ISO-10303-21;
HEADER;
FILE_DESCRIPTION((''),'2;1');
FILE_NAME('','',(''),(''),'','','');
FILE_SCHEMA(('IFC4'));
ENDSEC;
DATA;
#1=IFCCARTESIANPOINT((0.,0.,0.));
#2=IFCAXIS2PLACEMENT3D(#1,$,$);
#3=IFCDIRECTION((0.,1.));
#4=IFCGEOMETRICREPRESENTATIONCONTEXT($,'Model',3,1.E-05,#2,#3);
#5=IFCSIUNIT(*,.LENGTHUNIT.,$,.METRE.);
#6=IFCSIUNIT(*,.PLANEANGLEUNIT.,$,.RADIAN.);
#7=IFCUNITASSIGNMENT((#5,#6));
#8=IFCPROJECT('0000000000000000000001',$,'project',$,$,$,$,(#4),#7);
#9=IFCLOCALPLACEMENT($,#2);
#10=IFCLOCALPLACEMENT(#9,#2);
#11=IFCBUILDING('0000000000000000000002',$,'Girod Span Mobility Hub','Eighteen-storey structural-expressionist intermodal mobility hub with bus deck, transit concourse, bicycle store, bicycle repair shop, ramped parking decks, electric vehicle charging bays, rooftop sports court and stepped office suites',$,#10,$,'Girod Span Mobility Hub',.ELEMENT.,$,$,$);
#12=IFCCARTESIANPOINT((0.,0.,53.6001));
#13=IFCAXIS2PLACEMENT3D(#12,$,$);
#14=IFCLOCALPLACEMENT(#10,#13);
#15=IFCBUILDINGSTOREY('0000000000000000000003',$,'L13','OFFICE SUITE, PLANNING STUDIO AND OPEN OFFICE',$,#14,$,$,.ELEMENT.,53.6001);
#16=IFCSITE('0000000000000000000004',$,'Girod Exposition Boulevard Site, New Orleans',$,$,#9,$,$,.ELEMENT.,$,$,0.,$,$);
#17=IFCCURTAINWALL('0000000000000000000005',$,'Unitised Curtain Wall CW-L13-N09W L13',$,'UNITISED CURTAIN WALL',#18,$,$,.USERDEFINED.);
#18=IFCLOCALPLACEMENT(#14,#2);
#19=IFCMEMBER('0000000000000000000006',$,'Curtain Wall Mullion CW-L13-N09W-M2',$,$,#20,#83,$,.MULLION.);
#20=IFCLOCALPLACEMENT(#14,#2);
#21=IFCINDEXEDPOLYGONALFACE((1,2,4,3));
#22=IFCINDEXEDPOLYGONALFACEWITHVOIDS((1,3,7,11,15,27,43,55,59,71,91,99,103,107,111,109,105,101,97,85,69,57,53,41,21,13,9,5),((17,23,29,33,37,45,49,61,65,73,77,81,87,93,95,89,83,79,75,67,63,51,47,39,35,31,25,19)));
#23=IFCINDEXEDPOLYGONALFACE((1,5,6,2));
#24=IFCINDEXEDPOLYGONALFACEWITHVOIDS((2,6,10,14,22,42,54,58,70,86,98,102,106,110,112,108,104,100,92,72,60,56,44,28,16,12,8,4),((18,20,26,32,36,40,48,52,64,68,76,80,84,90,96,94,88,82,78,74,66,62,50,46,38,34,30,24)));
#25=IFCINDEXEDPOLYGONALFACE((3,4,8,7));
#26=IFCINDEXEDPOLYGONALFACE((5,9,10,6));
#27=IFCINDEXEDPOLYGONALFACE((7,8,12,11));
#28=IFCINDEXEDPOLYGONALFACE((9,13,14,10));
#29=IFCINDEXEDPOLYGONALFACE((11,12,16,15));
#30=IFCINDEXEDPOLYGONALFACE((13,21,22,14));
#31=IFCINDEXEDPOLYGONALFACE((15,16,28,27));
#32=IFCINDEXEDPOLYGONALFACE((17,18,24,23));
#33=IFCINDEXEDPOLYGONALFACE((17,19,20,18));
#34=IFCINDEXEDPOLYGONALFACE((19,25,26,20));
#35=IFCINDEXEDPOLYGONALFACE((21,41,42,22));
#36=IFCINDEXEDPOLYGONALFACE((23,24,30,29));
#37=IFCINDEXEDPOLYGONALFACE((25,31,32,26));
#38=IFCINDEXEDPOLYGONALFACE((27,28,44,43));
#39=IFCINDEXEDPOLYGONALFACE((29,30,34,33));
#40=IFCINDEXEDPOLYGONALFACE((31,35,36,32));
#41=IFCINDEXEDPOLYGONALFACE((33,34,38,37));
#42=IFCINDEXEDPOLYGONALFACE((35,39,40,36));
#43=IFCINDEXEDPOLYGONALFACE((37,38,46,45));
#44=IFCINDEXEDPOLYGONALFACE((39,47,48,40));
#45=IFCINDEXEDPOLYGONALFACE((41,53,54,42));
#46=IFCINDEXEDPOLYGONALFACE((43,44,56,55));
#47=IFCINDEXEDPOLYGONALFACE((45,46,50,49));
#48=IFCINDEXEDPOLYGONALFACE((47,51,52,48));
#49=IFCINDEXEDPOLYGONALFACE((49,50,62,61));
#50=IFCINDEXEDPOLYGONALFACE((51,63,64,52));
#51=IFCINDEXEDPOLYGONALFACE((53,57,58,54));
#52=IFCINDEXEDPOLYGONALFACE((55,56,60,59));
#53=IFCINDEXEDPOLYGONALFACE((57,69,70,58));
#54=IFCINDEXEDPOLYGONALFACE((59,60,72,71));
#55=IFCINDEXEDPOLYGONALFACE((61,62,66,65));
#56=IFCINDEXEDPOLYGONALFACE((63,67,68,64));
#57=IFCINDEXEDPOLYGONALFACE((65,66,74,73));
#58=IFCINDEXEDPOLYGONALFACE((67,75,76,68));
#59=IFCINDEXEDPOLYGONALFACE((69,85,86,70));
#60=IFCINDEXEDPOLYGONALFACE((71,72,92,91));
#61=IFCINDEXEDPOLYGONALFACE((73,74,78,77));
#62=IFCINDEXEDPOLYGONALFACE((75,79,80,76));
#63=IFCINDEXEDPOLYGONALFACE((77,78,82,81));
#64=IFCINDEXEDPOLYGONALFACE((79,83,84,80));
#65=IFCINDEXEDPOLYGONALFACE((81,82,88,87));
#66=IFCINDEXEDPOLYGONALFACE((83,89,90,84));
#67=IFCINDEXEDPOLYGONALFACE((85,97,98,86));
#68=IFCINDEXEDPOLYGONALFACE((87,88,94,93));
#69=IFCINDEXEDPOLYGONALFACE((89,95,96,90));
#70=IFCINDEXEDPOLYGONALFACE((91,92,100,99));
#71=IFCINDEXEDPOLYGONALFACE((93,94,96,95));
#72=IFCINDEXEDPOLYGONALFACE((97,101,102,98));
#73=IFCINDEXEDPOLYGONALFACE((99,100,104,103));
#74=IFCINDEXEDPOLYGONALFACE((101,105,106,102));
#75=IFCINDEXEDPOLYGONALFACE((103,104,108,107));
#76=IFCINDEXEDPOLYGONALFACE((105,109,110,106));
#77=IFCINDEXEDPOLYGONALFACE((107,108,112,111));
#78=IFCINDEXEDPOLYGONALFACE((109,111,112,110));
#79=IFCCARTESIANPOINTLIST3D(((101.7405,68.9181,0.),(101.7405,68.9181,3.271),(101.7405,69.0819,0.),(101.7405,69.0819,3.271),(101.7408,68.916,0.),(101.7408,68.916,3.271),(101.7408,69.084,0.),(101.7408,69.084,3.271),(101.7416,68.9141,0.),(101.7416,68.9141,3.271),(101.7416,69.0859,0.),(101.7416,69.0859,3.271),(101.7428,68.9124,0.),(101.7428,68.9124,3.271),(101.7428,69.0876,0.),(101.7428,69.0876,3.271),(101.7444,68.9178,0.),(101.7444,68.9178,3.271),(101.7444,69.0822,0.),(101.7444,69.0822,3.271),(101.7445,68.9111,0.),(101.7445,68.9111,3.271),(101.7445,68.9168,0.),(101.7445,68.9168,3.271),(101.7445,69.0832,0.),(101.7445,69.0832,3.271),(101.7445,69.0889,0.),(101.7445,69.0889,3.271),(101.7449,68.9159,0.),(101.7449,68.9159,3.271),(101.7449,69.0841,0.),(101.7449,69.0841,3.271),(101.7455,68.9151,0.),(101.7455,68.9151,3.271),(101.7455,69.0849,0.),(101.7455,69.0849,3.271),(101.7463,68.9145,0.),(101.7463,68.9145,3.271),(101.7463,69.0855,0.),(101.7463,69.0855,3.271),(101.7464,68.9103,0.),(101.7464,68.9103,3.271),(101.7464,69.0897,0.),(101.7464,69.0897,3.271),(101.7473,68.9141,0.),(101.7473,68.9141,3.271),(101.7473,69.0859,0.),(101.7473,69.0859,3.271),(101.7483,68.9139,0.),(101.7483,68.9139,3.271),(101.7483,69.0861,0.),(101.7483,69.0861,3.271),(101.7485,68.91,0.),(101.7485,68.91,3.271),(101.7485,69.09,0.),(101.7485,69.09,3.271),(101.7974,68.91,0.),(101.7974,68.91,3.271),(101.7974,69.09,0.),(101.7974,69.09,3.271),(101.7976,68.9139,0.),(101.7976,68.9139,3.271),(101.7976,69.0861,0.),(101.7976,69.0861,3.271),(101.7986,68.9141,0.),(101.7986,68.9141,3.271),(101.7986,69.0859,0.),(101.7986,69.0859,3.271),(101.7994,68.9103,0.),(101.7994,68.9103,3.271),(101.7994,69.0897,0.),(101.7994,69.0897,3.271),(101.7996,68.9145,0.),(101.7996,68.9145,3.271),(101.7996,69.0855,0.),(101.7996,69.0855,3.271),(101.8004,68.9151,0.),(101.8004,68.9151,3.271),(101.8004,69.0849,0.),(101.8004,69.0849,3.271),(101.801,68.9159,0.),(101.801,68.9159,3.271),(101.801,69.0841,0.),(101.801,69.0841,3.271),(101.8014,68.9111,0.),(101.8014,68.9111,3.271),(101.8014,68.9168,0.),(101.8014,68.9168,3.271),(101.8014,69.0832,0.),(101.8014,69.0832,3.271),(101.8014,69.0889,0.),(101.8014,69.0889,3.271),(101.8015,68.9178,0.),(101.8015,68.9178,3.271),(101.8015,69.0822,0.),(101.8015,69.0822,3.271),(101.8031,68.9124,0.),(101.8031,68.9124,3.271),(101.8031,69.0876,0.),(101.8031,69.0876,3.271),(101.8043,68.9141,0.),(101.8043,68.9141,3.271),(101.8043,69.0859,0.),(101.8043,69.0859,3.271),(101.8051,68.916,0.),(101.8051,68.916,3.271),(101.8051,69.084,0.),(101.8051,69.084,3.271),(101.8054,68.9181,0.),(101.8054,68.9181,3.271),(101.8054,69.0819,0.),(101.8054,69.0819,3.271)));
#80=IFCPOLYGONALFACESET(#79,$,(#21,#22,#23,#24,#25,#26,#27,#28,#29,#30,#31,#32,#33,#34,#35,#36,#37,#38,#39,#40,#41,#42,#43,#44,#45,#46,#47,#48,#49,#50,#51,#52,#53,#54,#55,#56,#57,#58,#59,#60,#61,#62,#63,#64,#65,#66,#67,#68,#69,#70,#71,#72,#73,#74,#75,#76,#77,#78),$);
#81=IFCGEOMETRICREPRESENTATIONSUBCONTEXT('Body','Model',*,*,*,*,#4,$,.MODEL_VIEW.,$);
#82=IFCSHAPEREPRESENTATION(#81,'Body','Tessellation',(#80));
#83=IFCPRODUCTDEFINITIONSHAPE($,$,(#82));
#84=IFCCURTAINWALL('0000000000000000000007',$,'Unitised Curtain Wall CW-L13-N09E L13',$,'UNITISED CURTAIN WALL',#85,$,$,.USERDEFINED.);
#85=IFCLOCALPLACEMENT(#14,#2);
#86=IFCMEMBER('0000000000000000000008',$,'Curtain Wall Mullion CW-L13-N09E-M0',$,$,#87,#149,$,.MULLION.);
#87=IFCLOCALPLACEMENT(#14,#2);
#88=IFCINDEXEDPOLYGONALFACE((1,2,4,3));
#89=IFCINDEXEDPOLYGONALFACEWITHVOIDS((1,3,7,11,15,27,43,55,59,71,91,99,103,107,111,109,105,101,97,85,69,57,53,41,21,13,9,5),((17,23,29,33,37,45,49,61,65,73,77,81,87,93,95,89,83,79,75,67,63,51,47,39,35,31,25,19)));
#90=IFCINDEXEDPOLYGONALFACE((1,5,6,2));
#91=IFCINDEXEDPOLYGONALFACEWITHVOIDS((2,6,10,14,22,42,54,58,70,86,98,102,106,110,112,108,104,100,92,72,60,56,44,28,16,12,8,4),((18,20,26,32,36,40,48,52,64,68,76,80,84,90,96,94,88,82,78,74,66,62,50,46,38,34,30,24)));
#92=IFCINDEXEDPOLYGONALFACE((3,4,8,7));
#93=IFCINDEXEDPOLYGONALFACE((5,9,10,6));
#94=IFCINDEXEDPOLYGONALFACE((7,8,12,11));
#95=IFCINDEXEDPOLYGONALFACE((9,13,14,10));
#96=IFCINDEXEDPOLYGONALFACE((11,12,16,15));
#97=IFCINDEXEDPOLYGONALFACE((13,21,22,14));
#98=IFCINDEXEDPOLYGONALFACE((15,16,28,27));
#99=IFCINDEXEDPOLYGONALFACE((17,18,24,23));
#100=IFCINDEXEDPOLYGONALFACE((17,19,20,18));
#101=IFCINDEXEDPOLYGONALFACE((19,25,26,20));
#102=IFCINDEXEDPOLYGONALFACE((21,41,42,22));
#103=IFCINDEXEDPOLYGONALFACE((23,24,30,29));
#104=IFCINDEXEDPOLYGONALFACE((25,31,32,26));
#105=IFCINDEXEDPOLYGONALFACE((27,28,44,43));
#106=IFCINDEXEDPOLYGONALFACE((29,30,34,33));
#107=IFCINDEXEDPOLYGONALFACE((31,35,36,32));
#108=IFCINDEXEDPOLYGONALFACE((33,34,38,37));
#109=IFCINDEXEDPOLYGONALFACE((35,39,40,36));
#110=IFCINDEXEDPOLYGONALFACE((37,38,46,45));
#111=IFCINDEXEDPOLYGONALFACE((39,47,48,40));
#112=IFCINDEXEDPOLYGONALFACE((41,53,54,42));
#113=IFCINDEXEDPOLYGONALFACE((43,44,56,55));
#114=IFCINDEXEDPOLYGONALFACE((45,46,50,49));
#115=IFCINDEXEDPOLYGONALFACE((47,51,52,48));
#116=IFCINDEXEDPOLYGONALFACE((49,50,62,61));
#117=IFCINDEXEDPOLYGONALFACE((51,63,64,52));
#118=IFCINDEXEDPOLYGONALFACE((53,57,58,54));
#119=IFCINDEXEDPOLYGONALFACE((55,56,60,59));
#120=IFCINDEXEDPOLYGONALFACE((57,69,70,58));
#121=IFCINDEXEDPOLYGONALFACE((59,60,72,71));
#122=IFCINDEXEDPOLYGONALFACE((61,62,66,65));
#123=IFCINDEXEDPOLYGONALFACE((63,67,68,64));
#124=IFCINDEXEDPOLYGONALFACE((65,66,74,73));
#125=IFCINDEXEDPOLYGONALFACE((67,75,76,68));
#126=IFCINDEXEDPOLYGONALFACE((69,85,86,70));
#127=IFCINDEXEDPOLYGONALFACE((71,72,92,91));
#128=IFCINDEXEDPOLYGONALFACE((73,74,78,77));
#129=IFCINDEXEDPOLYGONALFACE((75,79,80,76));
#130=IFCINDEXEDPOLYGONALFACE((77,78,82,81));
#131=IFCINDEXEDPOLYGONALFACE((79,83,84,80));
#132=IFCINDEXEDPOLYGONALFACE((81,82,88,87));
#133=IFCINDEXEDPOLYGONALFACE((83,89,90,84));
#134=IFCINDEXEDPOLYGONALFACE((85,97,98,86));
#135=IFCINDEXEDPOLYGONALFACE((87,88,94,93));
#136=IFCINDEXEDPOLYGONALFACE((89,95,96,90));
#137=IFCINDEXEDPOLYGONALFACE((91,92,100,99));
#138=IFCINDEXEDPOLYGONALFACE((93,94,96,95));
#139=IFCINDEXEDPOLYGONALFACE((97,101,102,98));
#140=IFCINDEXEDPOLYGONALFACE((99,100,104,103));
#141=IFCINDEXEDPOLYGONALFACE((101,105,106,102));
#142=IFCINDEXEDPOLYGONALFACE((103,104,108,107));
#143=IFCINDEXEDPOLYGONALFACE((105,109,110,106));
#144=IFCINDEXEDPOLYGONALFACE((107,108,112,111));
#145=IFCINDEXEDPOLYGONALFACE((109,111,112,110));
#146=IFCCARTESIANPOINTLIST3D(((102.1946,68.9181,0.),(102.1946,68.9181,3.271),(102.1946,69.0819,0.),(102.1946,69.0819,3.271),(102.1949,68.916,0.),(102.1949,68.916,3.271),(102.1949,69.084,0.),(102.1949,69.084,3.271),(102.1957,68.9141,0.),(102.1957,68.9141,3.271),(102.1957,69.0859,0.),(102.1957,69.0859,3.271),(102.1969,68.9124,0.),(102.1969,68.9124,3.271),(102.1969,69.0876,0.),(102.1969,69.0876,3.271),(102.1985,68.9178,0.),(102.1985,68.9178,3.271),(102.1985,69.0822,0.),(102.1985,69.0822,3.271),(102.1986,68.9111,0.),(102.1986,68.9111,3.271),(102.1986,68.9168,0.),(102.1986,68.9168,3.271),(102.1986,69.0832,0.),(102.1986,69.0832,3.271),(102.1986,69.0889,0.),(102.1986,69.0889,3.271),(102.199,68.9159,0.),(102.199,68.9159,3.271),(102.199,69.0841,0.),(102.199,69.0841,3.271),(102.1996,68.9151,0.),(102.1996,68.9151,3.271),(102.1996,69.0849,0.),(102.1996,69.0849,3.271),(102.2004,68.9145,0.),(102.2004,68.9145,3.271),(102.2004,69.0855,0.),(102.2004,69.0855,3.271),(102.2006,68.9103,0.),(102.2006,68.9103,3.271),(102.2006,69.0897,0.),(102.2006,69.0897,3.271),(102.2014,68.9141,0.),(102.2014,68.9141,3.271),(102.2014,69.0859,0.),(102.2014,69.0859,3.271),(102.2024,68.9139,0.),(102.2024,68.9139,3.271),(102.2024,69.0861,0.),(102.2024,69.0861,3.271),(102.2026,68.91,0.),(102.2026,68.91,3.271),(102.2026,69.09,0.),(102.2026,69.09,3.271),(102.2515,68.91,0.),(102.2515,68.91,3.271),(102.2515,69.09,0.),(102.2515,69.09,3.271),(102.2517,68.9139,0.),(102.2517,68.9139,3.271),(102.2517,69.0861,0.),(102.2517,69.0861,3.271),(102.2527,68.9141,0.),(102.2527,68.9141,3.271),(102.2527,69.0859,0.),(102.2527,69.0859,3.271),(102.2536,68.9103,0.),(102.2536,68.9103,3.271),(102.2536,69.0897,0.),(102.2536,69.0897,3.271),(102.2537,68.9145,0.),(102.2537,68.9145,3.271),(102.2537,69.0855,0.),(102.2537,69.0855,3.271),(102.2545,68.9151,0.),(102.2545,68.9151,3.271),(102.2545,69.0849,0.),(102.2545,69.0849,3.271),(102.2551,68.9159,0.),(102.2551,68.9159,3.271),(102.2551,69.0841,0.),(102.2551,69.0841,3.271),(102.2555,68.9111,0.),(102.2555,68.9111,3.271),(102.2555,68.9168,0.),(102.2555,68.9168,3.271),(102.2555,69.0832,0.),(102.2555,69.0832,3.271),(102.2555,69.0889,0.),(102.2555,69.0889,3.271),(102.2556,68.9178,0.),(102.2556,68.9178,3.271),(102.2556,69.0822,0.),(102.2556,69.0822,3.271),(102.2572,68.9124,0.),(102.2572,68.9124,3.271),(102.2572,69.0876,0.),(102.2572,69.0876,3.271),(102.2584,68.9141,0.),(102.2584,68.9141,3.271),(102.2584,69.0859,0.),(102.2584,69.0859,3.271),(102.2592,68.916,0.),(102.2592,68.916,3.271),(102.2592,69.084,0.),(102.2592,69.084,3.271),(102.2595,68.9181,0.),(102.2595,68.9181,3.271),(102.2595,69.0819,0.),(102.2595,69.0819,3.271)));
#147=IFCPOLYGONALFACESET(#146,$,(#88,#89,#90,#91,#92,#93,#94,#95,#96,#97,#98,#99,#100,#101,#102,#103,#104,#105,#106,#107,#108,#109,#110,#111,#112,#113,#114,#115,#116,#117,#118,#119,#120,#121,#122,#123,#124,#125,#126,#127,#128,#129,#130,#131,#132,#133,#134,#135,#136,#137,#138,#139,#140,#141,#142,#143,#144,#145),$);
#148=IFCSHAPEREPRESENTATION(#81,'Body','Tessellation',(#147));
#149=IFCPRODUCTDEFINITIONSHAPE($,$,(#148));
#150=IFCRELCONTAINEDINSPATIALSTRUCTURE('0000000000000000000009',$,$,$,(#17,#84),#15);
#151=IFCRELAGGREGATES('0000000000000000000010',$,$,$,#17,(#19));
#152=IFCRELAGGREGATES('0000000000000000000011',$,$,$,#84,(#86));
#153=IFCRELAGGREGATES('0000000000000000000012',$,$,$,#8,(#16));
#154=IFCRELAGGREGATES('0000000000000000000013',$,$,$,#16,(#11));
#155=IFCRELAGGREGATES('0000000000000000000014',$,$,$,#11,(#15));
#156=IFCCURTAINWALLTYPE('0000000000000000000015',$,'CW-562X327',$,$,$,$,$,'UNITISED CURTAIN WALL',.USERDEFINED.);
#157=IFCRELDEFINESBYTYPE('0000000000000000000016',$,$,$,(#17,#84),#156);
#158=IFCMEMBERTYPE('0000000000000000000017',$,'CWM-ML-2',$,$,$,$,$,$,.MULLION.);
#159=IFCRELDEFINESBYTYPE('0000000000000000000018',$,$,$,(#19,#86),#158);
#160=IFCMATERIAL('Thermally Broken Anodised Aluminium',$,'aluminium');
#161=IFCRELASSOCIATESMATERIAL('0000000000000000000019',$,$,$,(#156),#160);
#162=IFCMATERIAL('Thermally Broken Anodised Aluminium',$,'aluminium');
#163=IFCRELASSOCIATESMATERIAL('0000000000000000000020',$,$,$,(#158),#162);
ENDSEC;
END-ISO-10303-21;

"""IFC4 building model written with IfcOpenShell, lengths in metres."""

from ifc_helpers import new_model, si_unit, direction, frame, origin, origin_2d, place, context, subcontext, project, spatial, hollow_rectangle, extrude, material, material_profile, profile_set, type_object, element, aggregate, save


model = new_model("IFC4")

# Units and contexts
model_context = context("Model", 3, precision=1e-05, world=origin(), true_north=direction((0.0, 1.0)))
body_context = subcontext(model_context, "Body", "Model", "MODEL_VIEW")
ifc_project = project(units=[si_unit("LENGTHUNIT", "METRE"), si_unit("PLANEANGLEUNIT", "RADIAN")], contexts=[model_context])

# Site, building, storey
site_placement = place(None, origin())
site = spatial("IfcSite", under=ifc_project, at=site_placement, Name="Girod Exposition Boulevard Site, New Orleans", CompositionType="ELEMENT", RefElevation=0.0)
building_placement = place(site_placement, origin())
building = spatial("IfcBuilding", under=site, at=building_placement, Name="Girod Span Mobility Hub", Description="Eighteen-storey structural-expressionist intermodal mobility hub with bus deck, transit concourse, bicycle store, bicycle repair shop, ramped parking decks, electric vehicle charging bays, rooftop sports court and stepped office suites", LongName="Girod Span Mobility Hub", CompositionType="ELEMENT")
storey_placement = place(building_placement, frame((0.0, 0.0, 53.6001)))
storey = spatial("IfcBuildingStorey", under=building, at=storey_placement, Name="L13", Description="OFFICE SUITE, PLANNING STUDIO AND OPEN OFFICE", CompositionType="ELEMENT", Elevation=53.6001)

# Curtain wall, member
ifc_material_1 = material(Name="Thermally Broken Anodised Aluminium", Category="aluminium")
curtain_wall_type = type_object("IfcCurtainWallType", Name="CW-562X327", ElementType="UNITISED CURTAIN WALL", PredefinedType="USERDEFINED", material=ifc_material_1)
ifc_material_2 = material(Name="Thermally Broken Anodised Aluminium", Category="aluminium")
ifc_material_profile_1 = material_profile(ifc_material_2, hollow_rectangle(XDim=0.1799, YDim=0.0649, WallThickness=0.0039, InnerFilletRadius=0.0039, OuterFilletRadius=0.0081, at=origin_2d()), Name="CW-ML-65X180")
ifc_profile_set_1 = profile_set([ifc_material_profile_1], Name="Thermally Broken Anodised Aluminium")
member_type_1 = type_object("IfcMemberType", Name="CWM-ML-2", PredefinedType="MULLION", material=ifc_profile_set_1)
curtain_wall_1_placement = place(storey_placement, origin())
curtain_wall_1 = element("IfcCurtainWall", 1, at=curtain_wall_1_placement, inside=storey, type_object=curtain_wall_type, Name="Unitised Curtain Wall CW-L13-N09W L13", ObjectType="UNITISED CURTAIN WALL", PredefinedType="USERDEFINED")
member_1_placement = place(storey_placement, frame((101.7729, 69.0, 0.0), z_axis=(0.0, 0.0, 1.0), x_axis=(0.0, 1.0, 0.0)))
member_1 = element("IfcMember", 2, at=member_1_placement, type_object=member_type_1, Name="Curtain Wall Mullion CW-L13-N09W-M2", PredefinedType="MULLION", context=body_context, shape_type="SweptSolid", body=[
    extrude(hollow_rectangle(XDim=0.1799, YDim=0.0649, WallThickness=0.0039, InnerFilletRadius=0.0039, OuterFilletRadius=0.0081, at=origin_2d()), origin(), (0.0, 0.0, 1.0), 3.271),
])

# Curtain wall, member
curtain_wall_2_placement = place(storey_placement, origin())
curtain_wall_2 = element("IfcCurtainWall", 3, at=curtain_wall_2_placement, inside=storey, type_object=curtain_wall_type, Name="Unitised Curtain Wall CW-L13-N09E L13", ObjectType="UNITISED CURTAIN WALL", PredefinedType="USERDEFINED")
member_2_placement = place(storey_placement, frame((102.2271, 69.0, 0.0), z_axis=(0.0, 0.0, 1.0), x_axis=(0.0, 1.0, 0.0)))
member_2 = element("IfcMember", 4, at=member_2_placement, type_object=member_type_1, Name="Curtain Wall Mullion CW-L13-N09E-M0", PredefinedType="MULLION", context=body_context, shape_type="SweptSolid", body=[
    extrude(hollow_rectangle(XDim=0.1799, YDim=0.0649, WallThickness=0.0039, InnerFilletRadius=0.0039, OuterFilletRadius=0.0081, at=origin_2d()), origin(), (0.0, 0.0, 1.0), 3.271),
])

aggregate(curtain_wall_1, [member_1])
aggregate(curtain_wall_2, [member_2])

save(model, "model.ifc")
